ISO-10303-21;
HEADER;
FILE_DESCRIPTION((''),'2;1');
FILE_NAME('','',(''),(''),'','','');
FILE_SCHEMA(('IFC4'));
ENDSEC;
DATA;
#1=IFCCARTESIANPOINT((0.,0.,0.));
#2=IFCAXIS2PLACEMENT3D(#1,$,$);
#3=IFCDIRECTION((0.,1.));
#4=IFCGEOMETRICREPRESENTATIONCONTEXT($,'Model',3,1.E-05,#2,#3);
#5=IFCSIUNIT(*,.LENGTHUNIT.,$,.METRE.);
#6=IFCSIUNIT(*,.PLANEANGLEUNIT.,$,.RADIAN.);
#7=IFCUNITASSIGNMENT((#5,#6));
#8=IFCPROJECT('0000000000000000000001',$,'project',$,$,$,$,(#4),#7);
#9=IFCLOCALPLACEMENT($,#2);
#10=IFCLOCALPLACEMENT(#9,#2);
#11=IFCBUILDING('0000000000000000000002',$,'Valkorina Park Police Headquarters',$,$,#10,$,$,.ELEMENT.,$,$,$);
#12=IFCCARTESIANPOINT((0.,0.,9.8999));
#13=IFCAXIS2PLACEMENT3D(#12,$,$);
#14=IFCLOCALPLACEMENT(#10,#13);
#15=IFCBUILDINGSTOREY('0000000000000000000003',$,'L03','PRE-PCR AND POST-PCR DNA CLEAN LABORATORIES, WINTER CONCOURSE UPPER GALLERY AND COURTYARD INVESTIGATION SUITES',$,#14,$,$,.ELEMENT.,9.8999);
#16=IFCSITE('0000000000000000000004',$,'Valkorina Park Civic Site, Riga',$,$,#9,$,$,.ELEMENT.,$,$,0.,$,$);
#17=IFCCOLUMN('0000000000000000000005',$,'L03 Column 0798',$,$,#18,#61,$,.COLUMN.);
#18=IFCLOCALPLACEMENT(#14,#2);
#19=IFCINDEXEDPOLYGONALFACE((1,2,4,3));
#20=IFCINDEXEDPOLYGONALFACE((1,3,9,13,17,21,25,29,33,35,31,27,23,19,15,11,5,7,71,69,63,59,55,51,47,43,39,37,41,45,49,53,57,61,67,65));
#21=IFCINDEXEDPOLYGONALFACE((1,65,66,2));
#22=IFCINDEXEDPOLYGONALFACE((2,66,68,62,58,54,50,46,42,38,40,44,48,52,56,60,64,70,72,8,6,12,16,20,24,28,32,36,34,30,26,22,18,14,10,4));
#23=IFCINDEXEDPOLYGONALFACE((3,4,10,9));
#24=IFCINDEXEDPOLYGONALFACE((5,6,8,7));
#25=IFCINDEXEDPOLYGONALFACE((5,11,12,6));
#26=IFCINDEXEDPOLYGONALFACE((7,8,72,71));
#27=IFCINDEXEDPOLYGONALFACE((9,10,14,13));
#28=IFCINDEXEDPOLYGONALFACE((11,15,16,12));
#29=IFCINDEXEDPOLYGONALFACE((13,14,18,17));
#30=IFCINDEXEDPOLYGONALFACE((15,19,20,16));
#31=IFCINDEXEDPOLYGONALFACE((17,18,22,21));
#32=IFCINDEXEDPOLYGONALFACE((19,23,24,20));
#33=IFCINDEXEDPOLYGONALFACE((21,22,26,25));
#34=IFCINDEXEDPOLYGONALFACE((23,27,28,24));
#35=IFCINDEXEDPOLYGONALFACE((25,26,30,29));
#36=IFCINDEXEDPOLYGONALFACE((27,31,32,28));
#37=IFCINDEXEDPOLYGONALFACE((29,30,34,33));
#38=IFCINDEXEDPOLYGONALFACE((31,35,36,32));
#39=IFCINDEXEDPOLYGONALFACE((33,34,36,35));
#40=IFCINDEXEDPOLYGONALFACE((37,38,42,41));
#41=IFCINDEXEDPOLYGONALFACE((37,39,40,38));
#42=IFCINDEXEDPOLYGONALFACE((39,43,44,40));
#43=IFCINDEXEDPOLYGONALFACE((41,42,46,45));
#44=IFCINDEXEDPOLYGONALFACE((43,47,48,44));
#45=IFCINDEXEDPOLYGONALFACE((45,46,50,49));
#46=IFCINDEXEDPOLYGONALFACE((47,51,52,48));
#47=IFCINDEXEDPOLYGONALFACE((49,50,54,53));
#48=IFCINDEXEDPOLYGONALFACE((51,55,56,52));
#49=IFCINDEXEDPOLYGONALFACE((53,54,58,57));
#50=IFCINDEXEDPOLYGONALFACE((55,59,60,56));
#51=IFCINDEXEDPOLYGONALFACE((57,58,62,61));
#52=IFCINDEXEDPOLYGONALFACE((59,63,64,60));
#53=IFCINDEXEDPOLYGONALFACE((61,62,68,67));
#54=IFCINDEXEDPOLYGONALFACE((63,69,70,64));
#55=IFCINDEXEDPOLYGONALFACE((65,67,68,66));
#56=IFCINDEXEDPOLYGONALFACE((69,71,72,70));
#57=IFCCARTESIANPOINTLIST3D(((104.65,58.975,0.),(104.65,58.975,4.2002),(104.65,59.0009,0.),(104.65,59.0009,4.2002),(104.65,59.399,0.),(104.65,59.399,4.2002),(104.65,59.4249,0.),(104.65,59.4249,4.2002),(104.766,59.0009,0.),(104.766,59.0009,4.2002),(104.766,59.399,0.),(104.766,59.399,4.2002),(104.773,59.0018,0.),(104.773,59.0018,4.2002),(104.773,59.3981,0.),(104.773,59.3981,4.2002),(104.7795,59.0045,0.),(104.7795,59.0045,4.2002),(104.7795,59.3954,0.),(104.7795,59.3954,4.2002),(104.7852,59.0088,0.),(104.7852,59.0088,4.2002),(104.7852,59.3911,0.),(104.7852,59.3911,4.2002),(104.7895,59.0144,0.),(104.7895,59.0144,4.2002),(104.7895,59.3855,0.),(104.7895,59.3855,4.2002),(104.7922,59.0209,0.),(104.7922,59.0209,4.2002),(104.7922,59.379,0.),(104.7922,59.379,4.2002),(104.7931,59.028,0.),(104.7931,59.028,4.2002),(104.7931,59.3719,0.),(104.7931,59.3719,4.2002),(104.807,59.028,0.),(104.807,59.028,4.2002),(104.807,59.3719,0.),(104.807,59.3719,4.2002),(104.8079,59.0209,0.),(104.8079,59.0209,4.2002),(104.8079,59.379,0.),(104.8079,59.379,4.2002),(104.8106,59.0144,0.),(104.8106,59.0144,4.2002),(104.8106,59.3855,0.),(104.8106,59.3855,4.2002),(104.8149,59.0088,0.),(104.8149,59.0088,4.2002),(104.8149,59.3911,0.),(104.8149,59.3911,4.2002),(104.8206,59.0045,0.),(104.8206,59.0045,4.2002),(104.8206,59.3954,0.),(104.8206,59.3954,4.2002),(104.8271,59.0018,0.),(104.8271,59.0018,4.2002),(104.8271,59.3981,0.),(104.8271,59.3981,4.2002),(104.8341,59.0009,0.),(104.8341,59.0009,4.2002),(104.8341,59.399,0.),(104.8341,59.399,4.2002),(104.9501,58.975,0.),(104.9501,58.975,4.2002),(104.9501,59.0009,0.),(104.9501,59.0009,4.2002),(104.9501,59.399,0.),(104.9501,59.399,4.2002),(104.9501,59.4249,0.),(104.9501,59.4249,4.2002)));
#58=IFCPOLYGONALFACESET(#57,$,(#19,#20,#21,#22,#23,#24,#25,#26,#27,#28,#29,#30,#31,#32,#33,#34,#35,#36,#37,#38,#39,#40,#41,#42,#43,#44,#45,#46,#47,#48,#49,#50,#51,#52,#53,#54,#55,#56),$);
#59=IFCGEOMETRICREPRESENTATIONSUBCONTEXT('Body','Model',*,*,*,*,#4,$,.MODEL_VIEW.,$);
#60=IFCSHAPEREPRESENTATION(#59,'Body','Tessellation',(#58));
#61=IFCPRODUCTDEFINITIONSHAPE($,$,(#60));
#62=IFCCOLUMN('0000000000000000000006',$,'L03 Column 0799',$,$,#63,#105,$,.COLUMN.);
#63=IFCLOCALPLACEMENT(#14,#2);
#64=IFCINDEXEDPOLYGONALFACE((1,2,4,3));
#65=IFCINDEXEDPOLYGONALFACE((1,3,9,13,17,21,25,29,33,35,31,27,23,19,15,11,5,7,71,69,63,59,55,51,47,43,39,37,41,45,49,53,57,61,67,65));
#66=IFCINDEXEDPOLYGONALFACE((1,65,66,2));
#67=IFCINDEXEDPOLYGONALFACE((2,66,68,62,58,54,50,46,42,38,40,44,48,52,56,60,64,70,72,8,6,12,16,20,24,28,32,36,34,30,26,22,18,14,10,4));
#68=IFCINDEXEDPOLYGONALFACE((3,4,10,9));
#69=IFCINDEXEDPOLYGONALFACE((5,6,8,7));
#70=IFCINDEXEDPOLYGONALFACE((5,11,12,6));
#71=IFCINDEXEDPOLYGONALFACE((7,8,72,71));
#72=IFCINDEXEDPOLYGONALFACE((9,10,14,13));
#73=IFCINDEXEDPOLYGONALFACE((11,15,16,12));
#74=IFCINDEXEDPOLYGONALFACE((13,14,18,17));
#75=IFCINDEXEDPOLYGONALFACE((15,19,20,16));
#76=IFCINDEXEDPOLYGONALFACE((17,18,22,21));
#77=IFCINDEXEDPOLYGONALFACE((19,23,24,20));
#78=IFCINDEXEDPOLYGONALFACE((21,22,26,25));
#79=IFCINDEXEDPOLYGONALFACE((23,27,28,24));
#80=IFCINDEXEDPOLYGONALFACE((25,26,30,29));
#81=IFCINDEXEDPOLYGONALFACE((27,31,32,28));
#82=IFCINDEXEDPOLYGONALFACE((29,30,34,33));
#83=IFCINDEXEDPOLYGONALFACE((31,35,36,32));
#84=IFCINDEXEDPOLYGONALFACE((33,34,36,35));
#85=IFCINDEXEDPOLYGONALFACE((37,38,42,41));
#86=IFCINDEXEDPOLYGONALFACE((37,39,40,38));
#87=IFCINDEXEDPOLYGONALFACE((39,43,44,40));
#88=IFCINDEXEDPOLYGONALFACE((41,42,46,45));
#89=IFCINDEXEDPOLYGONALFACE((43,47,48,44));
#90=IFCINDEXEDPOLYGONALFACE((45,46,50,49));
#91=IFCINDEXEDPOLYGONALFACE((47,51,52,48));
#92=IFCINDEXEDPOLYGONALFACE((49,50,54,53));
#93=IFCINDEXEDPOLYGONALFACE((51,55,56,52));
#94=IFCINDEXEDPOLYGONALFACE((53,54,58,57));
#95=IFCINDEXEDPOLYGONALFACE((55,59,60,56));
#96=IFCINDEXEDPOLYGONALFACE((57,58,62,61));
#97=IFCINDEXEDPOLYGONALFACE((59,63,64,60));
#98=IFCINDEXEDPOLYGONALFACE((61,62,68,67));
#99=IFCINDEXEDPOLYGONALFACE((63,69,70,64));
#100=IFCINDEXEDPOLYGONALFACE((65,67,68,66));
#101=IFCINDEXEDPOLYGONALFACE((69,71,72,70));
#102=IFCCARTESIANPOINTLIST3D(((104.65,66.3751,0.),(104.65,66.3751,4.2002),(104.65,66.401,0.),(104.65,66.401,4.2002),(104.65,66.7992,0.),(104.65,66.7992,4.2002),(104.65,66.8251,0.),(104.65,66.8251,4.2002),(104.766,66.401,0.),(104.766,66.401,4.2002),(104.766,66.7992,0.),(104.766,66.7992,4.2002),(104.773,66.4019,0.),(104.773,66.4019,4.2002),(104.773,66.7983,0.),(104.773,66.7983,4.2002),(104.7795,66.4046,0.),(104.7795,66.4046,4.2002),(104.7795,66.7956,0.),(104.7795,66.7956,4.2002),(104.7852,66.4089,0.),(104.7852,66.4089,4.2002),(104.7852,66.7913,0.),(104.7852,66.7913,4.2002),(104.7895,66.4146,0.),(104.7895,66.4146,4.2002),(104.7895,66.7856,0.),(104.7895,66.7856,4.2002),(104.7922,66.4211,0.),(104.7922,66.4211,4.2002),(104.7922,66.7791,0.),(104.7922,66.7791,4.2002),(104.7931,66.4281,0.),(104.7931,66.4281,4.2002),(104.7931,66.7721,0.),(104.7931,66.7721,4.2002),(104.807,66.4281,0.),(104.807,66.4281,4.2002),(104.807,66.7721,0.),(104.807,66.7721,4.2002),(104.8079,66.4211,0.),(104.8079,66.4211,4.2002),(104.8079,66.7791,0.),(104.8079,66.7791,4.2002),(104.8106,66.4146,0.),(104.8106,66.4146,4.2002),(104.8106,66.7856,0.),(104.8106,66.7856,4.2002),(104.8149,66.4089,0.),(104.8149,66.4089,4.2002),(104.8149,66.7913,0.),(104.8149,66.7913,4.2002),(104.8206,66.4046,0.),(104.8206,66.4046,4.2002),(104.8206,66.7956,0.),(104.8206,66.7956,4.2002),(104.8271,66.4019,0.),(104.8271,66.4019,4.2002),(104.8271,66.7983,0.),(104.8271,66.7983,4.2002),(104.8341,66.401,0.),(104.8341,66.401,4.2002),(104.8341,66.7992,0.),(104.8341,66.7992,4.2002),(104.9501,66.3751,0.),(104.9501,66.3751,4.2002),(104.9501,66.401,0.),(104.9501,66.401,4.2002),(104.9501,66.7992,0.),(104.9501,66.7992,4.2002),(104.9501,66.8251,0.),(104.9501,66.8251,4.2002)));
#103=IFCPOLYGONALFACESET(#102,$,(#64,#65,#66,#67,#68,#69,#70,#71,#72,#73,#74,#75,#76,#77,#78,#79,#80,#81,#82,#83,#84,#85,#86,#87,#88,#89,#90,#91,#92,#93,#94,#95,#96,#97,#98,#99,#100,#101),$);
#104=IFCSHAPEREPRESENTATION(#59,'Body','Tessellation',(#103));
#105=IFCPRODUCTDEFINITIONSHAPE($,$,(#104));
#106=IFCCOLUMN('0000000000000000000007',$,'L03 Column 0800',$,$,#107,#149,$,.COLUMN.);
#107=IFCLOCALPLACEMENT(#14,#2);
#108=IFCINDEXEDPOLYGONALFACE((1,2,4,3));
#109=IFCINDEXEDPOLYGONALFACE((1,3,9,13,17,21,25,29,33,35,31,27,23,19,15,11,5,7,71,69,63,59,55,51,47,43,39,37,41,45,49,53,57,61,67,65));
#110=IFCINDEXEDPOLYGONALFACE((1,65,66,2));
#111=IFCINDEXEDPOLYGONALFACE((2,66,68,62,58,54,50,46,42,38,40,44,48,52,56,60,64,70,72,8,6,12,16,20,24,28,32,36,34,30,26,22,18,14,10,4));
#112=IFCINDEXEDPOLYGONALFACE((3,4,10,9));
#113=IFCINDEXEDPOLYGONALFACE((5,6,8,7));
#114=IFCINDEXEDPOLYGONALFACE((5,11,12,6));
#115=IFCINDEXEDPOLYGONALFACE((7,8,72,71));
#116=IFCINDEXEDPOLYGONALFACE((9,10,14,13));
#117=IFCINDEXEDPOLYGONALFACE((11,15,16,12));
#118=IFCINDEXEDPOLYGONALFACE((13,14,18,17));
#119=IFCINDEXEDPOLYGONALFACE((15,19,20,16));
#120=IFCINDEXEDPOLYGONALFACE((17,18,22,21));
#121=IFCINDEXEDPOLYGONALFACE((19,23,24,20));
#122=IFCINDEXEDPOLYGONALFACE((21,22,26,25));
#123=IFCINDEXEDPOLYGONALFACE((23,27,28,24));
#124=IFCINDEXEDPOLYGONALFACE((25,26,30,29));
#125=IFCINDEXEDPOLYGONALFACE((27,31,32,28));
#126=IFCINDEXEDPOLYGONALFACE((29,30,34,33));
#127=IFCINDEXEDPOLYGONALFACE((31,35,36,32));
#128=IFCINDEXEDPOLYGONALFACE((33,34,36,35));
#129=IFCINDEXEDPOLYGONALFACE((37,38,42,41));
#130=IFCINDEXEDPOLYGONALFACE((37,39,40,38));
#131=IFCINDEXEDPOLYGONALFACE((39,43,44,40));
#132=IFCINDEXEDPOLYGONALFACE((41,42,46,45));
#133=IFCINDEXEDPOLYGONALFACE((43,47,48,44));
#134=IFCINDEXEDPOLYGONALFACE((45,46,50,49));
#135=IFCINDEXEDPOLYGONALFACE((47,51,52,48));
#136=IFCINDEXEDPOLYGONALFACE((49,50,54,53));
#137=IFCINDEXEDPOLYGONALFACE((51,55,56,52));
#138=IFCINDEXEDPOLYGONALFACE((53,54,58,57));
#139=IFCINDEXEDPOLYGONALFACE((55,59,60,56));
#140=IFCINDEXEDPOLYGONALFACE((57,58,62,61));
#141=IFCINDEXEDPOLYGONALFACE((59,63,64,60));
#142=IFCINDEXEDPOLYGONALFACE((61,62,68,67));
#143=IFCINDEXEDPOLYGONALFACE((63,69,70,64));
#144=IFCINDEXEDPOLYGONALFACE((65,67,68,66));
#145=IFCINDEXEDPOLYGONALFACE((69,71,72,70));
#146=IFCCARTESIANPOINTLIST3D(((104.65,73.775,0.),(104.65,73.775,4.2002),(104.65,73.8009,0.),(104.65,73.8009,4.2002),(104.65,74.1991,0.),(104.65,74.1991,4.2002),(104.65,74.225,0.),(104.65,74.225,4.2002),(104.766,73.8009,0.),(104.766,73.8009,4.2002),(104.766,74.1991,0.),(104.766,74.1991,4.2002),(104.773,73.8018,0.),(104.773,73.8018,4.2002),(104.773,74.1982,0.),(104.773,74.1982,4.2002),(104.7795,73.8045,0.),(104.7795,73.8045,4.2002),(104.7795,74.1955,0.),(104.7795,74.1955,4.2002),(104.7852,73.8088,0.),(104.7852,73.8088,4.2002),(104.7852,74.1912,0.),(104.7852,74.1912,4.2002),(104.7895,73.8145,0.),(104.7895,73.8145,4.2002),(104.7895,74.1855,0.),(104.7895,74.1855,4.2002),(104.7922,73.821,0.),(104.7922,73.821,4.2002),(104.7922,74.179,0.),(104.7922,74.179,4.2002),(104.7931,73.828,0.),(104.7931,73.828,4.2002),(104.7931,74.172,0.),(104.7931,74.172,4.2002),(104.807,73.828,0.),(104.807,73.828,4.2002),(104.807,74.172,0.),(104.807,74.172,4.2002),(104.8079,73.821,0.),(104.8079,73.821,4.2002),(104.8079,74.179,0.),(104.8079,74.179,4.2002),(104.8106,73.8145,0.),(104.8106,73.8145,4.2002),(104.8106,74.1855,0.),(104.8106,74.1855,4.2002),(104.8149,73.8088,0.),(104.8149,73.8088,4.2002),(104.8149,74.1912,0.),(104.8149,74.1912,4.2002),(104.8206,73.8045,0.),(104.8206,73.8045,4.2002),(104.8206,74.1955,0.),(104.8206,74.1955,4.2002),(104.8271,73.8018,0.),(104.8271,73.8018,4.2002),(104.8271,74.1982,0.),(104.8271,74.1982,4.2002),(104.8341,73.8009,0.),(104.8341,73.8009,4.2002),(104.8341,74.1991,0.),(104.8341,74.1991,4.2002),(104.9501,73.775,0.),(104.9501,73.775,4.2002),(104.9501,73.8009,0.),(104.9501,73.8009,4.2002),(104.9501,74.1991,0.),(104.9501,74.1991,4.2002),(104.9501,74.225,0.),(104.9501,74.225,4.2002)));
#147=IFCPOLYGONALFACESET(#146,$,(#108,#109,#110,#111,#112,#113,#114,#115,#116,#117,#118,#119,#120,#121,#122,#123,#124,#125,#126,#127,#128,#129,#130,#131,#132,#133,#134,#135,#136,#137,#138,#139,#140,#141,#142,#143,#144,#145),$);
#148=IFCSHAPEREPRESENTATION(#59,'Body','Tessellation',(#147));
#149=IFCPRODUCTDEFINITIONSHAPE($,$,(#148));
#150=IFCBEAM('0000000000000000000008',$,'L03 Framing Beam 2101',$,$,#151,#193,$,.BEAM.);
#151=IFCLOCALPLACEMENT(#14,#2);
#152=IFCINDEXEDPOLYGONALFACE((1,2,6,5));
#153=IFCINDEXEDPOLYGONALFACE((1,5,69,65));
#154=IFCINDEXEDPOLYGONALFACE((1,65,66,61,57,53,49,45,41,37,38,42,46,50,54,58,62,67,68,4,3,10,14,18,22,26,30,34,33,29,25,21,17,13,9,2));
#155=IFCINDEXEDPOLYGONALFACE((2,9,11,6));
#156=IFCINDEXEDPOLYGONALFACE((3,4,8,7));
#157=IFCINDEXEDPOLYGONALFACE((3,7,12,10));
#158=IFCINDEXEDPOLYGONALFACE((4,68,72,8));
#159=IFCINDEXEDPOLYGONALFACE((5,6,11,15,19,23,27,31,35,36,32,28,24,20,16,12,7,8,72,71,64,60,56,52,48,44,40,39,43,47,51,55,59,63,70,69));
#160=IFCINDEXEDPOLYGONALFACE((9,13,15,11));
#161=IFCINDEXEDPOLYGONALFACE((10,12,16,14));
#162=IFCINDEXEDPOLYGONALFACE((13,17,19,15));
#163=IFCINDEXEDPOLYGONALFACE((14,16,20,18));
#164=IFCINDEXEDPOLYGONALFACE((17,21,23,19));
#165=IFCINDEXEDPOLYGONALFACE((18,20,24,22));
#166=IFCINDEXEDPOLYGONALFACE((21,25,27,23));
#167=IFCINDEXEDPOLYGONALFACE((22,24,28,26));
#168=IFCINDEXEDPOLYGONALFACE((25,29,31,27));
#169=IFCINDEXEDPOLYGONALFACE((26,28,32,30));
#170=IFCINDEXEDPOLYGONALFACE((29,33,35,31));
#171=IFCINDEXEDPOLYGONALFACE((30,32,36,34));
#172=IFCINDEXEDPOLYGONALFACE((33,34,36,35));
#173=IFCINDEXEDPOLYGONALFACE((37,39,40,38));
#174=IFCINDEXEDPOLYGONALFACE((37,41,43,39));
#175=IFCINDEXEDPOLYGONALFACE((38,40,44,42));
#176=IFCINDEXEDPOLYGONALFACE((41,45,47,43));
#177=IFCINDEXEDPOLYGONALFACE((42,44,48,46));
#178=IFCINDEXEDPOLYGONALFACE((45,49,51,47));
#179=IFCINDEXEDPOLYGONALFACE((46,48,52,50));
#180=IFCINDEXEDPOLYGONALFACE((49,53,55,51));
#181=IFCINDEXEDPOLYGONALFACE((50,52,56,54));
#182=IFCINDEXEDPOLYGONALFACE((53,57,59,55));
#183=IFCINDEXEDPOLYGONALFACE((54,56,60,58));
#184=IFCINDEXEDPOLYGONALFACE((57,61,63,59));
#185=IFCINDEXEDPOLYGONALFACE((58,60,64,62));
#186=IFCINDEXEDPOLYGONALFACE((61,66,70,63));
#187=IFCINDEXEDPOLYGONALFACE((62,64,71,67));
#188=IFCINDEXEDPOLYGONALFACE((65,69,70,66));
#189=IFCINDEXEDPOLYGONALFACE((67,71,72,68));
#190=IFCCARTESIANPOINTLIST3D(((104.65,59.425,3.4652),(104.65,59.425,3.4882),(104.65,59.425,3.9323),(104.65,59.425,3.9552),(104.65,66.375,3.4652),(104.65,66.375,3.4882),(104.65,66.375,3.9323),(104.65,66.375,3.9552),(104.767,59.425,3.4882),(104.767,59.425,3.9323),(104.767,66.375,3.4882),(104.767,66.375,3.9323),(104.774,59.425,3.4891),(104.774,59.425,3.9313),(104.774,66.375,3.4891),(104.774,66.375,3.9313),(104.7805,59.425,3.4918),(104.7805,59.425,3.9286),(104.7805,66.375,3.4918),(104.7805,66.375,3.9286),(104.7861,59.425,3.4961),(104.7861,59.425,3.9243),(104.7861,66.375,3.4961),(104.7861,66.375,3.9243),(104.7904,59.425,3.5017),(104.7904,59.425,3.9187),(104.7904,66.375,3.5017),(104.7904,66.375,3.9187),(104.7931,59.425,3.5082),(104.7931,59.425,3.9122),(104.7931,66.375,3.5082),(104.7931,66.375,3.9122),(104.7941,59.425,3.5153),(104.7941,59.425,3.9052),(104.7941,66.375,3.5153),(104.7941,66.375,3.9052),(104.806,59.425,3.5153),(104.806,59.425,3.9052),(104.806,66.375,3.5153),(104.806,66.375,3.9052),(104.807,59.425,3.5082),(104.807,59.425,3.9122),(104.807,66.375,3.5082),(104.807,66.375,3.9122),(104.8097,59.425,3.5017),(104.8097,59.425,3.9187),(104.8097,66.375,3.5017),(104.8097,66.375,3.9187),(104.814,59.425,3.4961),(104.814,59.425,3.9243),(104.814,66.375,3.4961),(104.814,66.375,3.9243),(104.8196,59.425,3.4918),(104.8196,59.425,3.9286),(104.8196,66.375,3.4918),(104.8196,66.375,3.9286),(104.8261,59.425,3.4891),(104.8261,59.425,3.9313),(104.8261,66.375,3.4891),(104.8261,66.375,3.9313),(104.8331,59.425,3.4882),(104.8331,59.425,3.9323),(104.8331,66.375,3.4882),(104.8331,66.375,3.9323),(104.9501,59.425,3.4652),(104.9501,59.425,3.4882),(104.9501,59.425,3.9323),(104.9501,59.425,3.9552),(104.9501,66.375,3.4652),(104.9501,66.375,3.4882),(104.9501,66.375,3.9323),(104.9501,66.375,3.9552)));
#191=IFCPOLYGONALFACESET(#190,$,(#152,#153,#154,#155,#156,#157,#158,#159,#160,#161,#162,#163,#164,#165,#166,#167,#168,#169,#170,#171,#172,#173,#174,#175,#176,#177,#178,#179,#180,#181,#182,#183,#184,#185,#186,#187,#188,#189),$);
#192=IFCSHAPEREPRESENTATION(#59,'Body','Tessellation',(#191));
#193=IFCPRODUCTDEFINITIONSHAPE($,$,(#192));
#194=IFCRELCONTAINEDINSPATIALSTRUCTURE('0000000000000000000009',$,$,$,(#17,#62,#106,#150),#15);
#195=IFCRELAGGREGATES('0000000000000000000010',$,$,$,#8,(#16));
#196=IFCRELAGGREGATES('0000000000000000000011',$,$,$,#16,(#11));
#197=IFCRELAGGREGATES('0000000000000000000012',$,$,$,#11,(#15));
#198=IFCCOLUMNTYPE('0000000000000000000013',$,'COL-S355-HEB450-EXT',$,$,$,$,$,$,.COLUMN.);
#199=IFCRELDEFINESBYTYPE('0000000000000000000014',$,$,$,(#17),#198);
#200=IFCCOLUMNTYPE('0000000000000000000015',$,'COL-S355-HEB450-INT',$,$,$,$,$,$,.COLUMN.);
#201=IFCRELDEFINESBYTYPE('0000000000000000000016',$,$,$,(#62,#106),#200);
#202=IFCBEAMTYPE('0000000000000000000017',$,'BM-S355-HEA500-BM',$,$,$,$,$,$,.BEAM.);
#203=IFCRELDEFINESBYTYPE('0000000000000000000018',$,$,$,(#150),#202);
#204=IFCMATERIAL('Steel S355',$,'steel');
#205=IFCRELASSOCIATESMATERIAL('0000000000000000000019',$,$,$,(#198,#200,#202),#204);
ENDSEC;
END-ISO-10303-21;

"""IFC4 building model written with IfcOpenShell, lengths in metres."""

from ifc_helpers import new_model, si_unit, direction, frame, origin, origin_2d, place, context, subcontext, project, spatial, i_section, extrude, material, material_profile, profile_set, type_object, element, save


model = new_model("IFC4")

# Units and contexts
model_context = context("Model", 3, precision=1e-05, world=origin(), true_north=direction((0.0, 1.0)))
body_context = subcontext(model_context, "Body", "Model", "MODEL_VIEW")
ifc_project = project(units=[si_unit("LENGTHUNIT", "METRE"), si_unit("PLANEANGLEUNIT", "RADIAN")], contexts=[model_context])

# Site, building, storey
site_placement = place(None, origin())
site = spatial("IfcSite", under=ifc_project, at=site_placement, Name="Valkorina Park Civic Site, Riga", CompositionType="ELEMENT", RefElevation=0.0)
building_placement = place(site_placement, origin())
building = spatial("IfcBuilding", under=site, at=building_placement, Name="Valkorina Park Police Headquarters", CompositionType="ELEMENT")
storey_placement = place(building_placement, frame((0.0, 0.0, 9.8999)))
storey = spatial("IfcBuildingStorey", under=building, at=storey_placement, Name="L03", Description="PRE-PCR AND POST-PCR DNA CLEAN LABORATORIES, WINTER CONCOURSE UPPER GALLERY AND COURTYARD INVESTIGATION SUITES", CompositionType="ELEMENT", Elevation=9.8999)

# Columns
ifc_material_1 = material(Name="Steel S355", Category="steel")
ifc_material_profile_1 = material_profile(ifc_material_1, i_section(OverallWidth=0.3, OverallDepth=0.45, WebThickness=0.0139, FlangeThickness=0.0259, FilletRadius=0.0271, at=origin_2d()), Name="HEB 450")
ifc_profile_set_1 = profile_set([ifc_material_profile_1], Name="Steel S355")
column_type_1 = type_object("IfcColumnType", Name="COL-S355-HEB450-EXT", PredefinedType="COLUMN", material=ifc_profile_set_1)
column_placement = place(storey_placement, frame((104.8, 59.2, 0.0), z_axis=(0.0, 0.0, 1.0), x_axis=(1.0, 0.0, 0.0)))
element("IfcColumn", 1, at=column_placement, inside=storey, type_object=column_type_1, Name="L03 Column 0798", PredefinedType="COLUMN", context=body_context, shape_type="SweptSolid", body=[
    extrude(i_section(OverallWidth=0.3, OverallDepth=0.45, WebThickness=0.0139, FlangeThickness=0.0259, FilletRadius=0.0271, at=origin_2d()), origin(), (0.0, 0.0, 1.0), 4.2002),
])
ifc_material_profile_2 = material_profile(ifc_material_1, i_section(OverallWidth=0.3, OverallDepth=0.45, WebThickness=0.0139, FlangeThickness=0.0259, FilletRadius=0.0271, at=origin_2d()), Name="HEB 450")
ifc_profile_set_2 = profile_set([ifc_material_profile_2], Name="Steel S355")
column_type_2 = type_object("IfcColumnType", Name="COL-S355-HEB450-INT", PredefinedType="COLUMN", material=ifc_profile_set_2)
for number, where, z_axis, x_axis, name in (
    (2, (104.8, 66.6001, 0.0), (0.0, 0.0, 1.0), (1.0, 0.0, 0.0), "L03 Column 0799"),
    (3, (104.8, 74.0, 0.0), (0.0, 0.0, 1.0), (1.0, 0.0, 0.0), "L03 Column 0800"),
):
    element("IfcColumn", number, at=place(storey_placement, frame(where, z_axis=z_axis, x_axis=x_axis)), inside=storey, type_object=column_type_2, Name=name, PredefinedType="COLUMN", context=body_context, shape_type="SweptSolid", body=[
        extrude(i_section(OverallWidth=0.3, OverallDepth=0.45, WebThickness=0.0139, FlangeThickness=0.0259, FilletRadius=0.0271, at=origin_2d()), origin(), (0.0, 0.0, 1.0), 4.2002),
    ])

# Beam
ifc_material_profile_3 = material_profile(ifc_material_1, i_section(OverallWidth=0.3, OverallDepth=0.49, WebThickness=0.012, FlangeThickness=0.0229, FilletRadius=0.0271, at=origin_2d()), Name="HEA 500")
ifc_profile_set_3 = profile_set([ifc_material_profile_3], Name="Steel S355")
beam_type_1 = type_object("IfcBeamType", Name="BM-S355-HEA500-BM", PredefinedType="BEAM", material=ifc_profile_set_3)
for number, where, z_axis, x_axis, name in (
    (4, (104.8, 59.425, 3.7102), (0.0, 1.0, 0.0), (-1.0, 0.0, 0.0), "L03 Framing Beam 2101"),
):
    element("IfcBeam", number, at=place(storey_placement, frame(where, z_axis=z_axis, x_axis=x_axis)), inside=storey, type_object=beam_type_1, Name=name, PredefinedType="BEAM", context=body_context, shape_type="SweptSolid", body=[
        extrude(i_section(OverallWidth=0.3, OverallDepth=0.49, WebThickness=0.012, FlangeThickness=0.0229, FilletRadius=0.0271, at=origin_2d()), origin(), (0.0, 0.0, 1.0), 6.95),
    ])

save(model, "model.ifc")
